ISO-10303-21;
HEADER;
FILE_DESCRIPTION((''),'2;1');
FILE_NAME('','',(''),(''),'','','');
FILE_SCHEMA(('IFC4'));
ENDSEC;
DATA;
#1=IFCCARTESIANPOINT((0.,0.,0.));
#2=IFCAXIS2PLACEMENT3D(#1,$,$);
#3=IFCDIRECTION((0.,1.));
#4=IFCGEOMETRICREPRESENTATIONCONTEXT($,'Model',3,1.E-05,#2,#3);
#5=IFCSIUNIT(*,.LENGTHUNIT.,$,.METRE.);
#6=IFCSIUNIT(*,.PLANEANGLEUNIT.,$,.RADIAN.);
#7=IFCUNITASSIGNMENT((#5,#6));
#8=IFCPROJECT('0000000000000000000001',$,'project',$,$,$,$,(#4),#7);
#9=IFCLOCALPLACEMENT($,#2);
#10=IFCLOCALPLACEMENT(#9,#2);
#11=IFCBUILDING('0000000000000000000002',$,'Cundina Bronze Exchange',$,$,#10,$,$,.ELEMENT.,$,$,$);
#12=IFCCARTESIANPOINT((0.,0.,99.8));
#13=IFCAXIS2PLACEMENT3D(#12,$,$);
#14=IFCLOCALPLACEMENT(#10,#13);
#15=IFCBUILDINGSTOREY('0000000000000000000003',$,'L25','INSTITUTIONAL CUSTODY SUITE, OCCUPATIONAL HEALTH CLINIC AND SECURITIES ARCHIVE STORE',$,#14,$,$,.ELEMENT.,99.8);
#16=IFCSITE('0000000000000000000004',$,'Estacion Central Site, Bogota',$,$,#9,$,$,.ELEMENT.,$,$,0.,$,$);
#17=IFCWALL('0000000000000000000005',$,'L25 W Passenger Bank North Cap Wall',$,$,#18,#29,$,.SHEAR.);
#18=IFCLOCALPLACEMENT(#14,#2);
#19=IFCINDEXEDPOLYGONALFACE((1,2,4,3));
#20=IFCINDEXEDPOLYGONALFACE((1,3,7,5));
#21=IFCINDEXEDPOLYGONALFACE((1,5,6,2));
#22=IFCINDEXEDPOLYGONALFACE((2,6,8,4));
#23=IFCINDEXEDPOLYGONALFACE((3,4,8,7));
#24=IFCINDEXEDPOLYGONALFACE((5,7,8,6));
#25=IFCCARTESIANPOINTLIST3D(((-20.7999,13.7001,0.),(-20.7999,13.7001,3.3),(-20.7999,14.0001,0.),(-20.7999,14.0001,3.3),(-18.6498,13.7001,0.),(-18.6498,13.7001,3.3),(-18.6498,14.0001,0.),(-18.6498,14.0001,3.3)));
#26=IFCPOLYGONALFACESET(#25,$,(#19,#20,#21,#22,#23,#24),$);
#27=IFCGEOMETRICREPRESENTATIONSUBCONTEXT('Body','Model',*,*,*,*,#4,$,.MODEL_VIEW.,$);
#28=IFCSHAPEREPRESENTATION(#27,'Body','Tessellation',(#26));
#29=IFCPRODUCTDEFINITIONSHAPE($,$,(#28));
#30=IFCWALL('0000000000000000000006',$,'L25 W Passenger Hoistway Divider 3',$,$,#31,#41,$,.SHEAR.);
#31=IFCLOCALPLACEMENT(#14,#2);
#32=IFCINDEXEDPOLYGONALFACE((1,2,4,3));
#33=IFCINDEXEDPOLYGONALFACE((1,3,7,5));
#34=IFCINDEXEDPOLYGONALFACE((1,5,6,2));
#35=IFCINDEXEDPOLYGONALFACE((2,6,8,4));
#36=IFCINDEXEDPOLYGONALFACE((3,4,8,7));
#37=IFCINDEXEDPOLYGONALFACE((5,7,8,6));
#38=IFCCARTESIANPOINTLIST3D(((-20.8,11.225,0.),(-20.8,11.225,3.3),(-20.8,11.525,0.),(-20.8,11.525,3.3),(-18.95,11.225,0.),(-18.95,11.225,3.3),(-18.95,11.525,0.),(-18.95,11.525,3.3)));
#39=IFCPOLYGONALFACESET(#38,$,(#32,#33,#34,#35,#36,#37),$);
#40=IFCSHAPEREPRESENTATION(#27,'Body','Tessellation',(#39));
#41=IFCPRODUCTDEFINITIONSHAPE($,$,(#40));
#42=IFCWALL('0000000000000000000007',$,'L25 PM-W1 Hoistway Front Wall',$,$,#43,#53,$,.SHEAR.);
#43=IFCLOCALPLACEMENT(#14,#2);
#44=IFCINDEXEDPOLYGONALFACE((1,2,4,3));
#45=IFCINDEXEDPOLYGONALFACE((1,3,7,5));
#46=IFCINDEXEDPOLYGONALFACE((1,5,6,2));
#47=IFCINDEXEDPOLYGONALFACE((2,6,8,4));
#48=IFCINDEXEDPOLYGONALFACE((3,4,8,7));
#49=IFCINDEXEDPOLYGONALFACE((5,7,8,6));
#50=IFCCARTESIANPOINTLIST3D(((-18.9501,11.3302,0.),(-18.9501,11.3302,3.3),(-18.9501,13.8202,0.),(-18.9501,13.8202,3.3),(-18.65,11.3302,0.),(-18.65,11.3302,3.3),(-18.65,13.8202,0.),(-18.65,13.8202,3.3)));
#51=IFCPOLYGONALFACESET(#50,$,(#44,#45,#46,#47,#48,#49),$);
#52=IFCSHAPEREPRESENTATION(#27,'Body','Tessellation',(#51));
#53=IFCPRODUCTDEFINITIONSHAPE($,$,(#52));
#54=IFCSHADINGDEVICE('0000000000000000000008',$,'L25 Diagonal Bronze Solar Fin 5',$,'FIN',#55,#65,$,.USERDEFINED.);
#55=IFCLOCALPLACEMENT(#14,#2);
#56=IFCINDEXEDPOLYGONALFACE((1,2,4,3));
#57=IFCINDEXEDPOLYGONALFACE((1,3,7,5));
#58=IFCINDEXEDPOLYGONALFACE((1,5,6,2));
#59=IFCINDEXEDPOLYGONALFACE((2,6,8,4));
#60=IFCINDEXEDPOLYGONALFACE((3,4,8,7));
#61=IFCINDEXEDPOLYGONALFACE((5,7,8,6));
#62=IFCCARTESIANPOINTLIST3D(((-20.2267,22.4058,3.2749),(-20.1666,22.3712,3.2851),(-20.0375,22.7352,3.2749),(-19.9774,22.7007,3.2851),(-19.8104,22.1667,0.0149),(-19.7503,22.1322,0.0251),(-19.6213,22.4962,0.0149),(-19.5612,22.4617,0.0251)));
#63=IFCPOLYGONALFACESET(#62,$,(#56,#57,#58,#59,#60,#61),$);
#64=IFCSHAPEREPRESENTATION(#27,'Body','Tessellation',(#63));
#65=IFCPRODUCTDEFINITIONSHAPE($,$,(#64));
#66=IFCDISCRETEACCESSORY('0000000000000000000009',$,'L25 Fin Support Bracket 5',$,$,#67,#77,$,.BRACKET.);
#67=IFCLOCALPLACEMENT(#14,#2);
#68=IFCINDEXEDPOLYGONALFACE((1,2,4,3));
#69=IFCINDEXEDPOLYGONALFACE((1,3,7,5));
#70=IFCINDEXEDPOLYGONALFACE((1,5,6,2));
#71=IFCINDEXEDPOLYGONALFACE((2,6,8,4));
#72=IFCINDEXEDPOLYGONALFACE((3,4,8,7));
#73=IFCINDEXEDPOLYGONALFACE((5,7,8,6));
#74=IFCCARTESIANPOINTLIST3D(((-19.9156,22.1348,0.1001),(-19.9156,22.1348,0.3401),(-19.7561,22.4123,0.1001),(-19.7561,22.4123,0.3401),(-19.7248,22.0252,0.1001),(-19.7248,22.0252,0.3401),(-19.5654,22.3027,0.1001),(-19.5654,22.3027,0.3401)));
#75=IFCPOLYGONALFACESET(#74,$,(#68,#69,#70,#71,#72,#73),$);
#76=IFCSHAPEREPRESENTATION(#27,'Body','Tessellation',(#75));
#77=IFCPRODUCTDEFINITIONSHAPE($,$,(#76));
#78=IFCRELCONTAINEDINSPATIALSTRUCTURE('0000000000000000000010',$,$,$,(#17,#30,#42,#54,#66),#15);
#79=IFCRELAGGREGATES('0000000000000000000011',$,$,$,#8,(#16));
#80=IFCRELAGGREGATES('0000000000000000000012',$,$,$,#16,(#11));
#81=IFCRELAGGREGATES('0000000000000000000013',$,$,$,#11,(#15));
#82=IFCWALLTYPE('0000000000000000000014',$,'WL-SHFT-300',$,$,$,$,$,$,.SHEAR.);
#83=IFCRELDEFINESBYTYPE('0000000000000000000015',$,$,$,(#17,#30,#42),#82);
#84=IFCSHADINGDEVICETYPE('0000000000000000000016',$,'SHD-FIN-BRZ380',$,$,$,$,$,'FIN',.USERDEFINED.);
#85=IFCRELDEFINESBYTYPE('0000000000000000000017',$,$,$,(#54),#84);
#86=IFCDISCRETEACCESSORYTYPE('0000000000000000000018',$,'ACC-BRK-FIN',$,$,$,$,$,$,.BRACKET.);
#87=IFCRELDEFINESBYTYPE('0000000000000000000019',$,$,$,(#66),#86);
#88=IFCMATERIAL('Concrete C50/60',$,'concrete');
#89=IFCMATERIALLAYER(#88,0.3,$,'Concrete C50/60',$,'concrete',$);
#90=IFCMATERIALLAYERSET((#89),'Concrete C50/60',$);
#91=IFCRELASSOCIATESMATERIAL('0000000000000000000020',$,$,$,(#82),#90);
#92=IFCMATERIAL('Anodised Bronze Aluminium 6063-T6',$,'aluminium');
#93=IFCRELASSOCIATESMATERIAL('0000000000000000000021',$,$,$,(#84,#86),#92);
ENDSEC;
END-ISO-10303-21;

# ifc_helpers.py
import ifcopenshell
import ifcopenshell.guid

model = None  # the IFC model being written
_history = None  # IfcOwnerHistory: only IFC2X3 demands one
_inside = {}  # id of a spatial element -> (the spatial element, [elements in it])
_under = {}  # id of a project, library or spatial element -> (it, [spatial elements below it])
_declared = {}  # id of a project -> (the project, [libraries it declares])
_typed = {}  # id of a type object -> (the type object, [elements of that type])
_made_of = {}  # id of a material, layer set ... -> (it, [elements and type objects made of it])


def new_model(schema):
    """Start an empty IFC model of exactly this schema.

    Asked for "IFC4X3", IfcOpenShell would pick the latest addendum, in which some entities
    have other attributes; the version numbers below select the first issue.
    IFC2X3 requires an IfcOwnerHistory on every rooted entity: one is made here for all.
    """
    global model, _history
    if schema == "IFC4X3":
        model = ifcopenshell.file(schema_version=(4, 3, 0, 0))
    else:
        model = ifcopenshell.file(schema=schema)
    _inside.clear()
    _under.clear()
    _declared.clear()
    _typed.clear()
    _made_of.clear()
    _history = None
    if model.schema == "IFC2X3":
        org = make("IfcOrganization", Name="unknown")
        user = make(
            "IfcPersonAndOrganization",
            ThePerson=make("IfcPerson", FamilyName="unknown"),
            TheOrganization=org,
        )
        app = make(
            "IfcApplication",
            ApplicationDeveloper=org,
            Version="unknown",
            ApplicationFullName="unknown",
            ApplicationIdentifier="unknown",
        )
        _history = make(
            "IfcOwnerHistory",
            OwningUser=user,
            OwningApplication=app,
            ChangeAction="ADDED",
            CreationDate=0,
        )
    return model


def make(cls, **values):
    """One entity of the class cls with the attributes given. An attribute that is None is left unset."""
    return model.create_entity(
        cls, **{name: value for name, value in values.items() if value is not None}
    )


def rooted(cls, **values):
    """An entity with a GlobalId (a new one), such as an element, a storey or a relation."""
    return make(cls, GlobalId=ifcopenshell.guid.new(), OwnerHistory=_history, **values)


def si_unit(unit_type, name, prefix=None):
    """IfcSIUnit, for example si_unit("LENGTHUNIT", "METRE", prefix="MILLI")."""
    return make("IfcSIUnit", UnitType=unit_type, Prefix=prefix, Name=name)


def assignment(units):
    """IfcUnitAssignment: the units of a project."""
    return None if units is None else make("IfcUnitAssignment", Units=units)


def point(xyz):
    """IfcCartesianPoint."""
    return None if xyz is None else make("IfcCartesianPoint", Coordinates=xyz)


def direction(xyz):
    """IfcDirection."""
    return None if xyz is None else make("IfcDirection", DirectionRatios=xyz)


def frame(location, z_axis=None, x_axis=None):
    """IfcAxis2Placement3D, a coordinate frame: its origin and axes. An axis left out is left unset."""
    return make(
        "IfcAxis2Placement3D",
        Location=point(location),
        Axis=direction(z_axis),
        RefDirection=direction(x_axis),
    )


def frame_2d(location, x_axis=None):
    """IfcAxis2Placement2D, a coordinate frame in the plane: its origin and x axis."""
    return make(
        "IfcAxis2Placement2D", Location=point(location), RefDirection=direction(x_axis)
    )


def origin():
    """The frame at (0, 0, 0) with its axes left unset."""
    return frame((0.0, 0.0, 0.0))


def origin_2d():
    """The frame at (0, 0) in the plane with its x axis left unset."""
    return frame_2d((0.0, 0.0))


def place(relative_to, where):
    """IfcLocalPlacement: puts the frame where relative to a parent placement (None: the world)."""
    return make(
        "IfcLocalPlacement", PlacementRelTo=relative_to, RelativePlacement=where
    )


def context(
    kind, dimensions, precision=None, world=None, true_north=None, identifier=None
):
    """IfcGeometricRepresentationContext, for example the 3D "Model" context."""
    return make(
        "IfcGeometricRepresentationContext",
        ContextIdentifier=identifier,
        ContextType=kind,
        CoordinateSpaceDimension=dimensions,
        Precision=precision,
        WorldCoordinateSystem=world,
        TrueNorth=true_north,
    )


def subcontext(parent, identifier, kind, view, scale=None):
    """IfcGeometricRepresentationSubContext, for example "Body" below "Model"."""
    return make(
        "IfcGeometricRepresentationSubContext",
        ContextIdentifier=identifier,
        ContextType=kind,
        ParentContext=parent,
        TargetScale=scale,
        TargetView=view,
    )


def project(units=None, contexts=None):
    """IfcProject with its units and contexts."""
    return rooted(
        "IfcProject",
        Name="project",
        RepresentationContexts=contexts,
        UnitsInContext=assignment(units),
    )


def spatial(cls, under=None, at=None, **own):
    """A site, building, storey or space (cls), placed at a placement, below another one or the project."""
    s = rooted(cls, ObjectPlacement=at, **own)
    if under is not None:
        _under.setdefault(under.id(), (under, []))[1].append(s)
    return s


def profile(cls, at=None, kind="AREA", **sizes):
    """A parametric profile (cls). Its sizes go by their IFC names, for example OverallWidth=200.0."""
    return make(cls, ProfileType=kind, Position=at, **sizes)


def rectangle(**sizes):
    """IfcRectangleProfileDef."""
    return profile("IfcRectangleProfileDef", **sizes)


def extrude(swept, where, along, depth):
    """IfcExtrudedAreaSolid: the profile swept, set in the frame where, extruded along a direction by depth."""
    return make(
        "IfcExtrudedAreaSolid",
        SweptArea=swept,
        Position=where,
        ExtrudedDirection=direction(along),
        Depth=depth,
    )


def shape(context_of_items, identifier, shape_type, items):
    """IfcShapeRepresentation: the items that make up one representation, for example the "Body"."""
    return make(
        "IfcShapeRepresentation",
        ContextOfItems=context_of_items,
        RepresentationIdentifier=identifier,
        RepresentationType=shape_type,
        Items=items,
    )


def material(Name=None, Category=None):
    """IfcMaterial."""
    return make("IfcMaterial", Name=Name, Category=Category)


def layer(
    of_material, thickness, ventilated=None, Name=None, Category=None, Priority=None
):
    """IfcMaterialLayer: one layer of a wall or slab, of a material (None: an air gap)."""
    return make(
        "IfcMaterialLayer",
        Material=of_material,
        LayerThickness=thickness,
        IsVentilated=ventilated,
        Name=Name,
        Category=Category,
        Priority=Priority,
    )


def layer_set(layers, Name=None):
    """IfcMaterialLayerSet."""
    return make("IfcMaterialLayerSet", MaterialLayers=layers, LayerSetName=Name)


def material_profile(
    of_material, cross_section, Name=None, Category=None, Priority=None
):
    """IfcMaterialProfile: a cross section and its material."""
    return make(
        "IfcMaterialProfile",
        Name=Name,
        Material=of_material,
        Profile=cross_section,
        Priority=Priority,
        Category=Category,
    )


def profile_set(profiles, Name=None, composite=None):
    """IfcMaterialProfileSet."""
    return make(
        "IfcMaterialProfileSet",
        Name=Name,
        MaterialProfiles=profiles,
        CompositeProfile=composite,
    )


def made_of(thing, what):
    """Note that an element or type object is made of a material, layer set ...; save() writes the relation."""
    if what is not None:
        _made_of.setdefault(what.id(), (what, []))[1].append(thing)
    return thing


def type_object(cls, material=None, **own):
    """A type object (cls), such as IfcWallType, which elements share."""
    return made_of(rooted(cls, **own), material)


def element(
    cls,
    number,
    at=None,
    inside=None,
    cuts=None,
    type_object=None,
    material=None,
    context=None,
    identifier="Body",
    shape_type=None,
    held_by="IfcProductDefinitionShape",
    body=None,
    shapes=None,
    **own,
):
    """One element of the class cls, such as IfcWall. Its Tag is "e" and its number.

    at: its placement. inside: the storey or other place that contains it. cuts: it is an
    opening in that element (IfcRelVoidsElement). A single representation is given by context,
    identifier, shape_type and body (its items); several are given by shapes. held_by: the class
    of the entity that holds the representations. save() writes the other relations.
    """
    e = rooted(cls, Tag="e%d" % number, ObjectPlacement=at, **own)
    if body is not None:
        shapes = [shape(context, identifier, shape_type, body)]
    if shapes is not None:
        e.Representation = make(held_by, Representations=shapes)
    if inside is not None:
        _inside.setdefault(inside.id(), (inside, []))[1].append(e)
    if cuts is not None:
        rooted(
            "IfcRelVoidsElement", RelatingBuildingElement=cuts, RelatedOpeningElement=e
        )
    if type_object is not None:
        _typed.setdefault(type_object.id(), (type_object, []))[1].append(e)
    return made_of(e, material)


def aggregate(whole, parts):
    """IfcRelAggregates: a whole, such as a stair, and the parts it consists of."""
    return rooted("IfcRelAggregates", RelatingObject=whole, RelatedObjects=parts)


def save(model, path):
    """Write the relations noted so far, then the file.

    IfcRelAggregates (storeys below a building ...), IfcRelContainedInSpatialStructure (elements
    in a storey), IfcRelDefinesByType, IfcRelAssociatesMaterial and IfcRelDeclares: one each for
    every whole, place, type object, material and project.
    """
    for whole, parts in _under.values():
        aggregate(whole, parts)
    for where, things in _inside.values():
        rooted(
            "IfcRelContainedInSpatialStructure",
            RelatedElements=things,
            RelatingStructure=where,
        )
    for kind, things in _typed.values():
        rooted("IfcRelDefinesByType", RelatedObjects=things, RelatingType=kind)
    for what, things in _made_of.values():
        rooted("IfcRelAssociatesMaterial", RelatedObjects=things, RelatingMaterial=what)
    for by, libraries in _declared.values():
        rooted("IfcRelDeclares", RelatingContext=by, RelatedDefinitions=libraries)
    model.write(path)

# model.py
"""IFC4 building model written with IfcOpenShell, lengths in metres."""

from ifc_helpers import new_model, si_unit, direction, frame, frame_2d, origin, origin_2d, place, context, subcontext, project, spatial, rectangle, extrude, material, layer, layer_set, material_profile, profile_set, type_object, element, save


model = new_model("IFC4")

# Units and contexts
model_context = context("Model", 3, precision=1e-05, world=origin(), true_north=direction((0.0, 1.0)))
body_context = subcontext(model_context, "Body", "Model", "MODEL_VIEW")
ifc_project = project(units=[si_unit("LENGTHUNIT", "METRE"), si_unit("PLANEANGLEUNIT", "RADIAN")], contexts=[model_context])

# Site, building, storey
site_placement = place(None, origin())
site = spatial("IfcSite", under=ifc_project, at=site_placement, Name="Estacion Central Site, Bogota", CompositionType="ELEMENT", RefElevation=0.0)
building_placement = place(site_placement, origin())
building = spatial("IfcBuilding", under=site, at=building_placement, Name="Cundina Bronze Exchange", CompositionType="ELEMENT")
storey_placement = place(building_placement, frame((0.0, 0.0, 99.8)))
storey = spatial("IfcBuildingStorey", under=building, at=storey_placement, Name="L25", Description="INSTITUTIONAL CUSTODY SUITE, OCCUPATIONAL HEALTH CLINIC AND SECURITIES ARCHIVE STORE", CompositionType="ELEMENT", Elevation=99.8)

# Shared definitions
ifc_material_1 = material(Name="Anodised Bronze Aluminium 6063-T6", Category="aluminium")

# Shared definitions
ifc_material_2 = material(Name="Concrete C50/60", Category="concrete")
ifc_layer_1 = layer(ifc_material_2, 0.3, Name="Concrete C50/60", Category="concrete")
ifc_layer_set_1 = layer_set([ifc_layer_1], Name="Concrete C50/60")
wall_type_1 = type_object("IfcWallType", Name="WL-SHFT-300", PredefinedType="SHEAR", material=ifc_layer_set_1)

# Walls
wall_1_placement = place(storey_placement, frame((-20.8, 13.8501, 0.0), z_axis=(0.0, 0.0, 1.0), x_axis=(1.0, 0.0, 0.0)))
element("IfcWall", 1, at=wall_1_placement, inside=storey, type_object=wall_type_1, Name="L25 W Passenger Bank North Cap Wall", PredefinedType="SHEAR", context=body_context, shape_type="SweptSolid", body=[
    extrude(rectangle(XDim=2.1501, YDim=0.3, at=frame_2d((1.0752, 0.0))), origin(), (0.0, 0.0, 1.0), 3.3),
])
wall_2_placement = place(storey_placement, frame((-20.8, 11.375, 0.0), z_axis=(0.0, 0.0, 1.0), x_axis=(1.0, 0.0, 0.0)))
element("IfcWall", 2, at=wall_2_placement, inside=storey, type_object=wall_type_1, Name="L25 W Passenger Hoistway Divider 3", PredefinedType="SHEAR", context=body_context, shape_type="SweptSolid", body=[
    extrude(rectangle(XDim=1.8501, YDim=0.3, at=frame_2d((0.925, 0.0))), origin(), (0.0, 0.0, 1.0), 3.3),
])
wall_3_placement = place(storey_placement, frame((-18.8, 11.3301, 0.0), z_axis=(0.0, 0.0, 1.0), x_axis=(0.0, 1.0, 0.0)))
element("IfcWall", 3, at=wall_3_placement, inside=storey, type_object=wall_type_1, Name="L25 PM-W1 Hoistway Front Wall", PredefinedType="SHEAR", context=body_context, shape_type="SweptSolid", body=[
    extrude(rectangle(XDim=2.49, YDim=0.3, at=frame_2d((1.2451, 0.0))), origin(), (0.0, 0.0, 1.0), 3.3),
])

# Shading device
ifc_material_profile_1 = material_profile(ifc_material_1, rectangle(XDim=0.0701, YDim=0.3799, at=origin_2d()), Name="FIN70X380", Category="aluminium")
ifc_profile_set_1 = profile_set([ifc_material_profile_1], Name="Anodised Bronze Aluminium 6063-T6")
shading_device_type = type_object("IfcShadingDeviceType", Name="SHD-FIN-BRZ380", ElementType="FIN", PredefinedType="USERDEFINED", material=ifc_profile_set_1)
shading_device_placement = place(storey_placement, frame((-19.6858, 22.3142, 0.02), z_axis=(-0.126325, 0.072535, 0.989333), x_axis=(0.857958, -0.492634, 0.145668)))
element("IfcShadingDevice", 4, at=shading_device_placement, inside=storey, type_object=shading_device_type, Name="L25 Diagonal Bronze Solar Fin 5", ObjectType="FIN", PredefinedType="USERDEFINED", context=body_context, shape_type="SweptSolid", body=[
    extrude(rectangle(XDim=0.0701, YDim=0.3799, at=origin_2d()), origin(), (0.0, 0.0, 1.0), 3.2952),
])

# Discrete accessory
discrete_accessory_type = type_object("IfcDiscreteAccessoryType", Name="ACC-BRK-FIN", PredefinedType="BRACKET", material=ifc_material_1)
discrete_accessory_placement = place(storey_placement, frame((-19.7405, 22.2188, 0.1001), z_axis=(0.0, 0.0, 1.0), x_axis=(-0.867105, 0.498125, 0.0)))
element("IfcDiscreteAccessory", 5, at=discrete_accessory_placement, inside=storey, type_object=discrete_accessory_type, Name="L25 Fin Support Bracket 5", PredefinedType="BRACKET", context=body_context, shape_type="SweptSolid", body=[
    extrude(rectangle(XDim=0.22, YDim=0.3201, at=origin_2d()), origin(), (0.0, 0.0, 1.0), 0.24),
])

save(model, "model.ifc")
